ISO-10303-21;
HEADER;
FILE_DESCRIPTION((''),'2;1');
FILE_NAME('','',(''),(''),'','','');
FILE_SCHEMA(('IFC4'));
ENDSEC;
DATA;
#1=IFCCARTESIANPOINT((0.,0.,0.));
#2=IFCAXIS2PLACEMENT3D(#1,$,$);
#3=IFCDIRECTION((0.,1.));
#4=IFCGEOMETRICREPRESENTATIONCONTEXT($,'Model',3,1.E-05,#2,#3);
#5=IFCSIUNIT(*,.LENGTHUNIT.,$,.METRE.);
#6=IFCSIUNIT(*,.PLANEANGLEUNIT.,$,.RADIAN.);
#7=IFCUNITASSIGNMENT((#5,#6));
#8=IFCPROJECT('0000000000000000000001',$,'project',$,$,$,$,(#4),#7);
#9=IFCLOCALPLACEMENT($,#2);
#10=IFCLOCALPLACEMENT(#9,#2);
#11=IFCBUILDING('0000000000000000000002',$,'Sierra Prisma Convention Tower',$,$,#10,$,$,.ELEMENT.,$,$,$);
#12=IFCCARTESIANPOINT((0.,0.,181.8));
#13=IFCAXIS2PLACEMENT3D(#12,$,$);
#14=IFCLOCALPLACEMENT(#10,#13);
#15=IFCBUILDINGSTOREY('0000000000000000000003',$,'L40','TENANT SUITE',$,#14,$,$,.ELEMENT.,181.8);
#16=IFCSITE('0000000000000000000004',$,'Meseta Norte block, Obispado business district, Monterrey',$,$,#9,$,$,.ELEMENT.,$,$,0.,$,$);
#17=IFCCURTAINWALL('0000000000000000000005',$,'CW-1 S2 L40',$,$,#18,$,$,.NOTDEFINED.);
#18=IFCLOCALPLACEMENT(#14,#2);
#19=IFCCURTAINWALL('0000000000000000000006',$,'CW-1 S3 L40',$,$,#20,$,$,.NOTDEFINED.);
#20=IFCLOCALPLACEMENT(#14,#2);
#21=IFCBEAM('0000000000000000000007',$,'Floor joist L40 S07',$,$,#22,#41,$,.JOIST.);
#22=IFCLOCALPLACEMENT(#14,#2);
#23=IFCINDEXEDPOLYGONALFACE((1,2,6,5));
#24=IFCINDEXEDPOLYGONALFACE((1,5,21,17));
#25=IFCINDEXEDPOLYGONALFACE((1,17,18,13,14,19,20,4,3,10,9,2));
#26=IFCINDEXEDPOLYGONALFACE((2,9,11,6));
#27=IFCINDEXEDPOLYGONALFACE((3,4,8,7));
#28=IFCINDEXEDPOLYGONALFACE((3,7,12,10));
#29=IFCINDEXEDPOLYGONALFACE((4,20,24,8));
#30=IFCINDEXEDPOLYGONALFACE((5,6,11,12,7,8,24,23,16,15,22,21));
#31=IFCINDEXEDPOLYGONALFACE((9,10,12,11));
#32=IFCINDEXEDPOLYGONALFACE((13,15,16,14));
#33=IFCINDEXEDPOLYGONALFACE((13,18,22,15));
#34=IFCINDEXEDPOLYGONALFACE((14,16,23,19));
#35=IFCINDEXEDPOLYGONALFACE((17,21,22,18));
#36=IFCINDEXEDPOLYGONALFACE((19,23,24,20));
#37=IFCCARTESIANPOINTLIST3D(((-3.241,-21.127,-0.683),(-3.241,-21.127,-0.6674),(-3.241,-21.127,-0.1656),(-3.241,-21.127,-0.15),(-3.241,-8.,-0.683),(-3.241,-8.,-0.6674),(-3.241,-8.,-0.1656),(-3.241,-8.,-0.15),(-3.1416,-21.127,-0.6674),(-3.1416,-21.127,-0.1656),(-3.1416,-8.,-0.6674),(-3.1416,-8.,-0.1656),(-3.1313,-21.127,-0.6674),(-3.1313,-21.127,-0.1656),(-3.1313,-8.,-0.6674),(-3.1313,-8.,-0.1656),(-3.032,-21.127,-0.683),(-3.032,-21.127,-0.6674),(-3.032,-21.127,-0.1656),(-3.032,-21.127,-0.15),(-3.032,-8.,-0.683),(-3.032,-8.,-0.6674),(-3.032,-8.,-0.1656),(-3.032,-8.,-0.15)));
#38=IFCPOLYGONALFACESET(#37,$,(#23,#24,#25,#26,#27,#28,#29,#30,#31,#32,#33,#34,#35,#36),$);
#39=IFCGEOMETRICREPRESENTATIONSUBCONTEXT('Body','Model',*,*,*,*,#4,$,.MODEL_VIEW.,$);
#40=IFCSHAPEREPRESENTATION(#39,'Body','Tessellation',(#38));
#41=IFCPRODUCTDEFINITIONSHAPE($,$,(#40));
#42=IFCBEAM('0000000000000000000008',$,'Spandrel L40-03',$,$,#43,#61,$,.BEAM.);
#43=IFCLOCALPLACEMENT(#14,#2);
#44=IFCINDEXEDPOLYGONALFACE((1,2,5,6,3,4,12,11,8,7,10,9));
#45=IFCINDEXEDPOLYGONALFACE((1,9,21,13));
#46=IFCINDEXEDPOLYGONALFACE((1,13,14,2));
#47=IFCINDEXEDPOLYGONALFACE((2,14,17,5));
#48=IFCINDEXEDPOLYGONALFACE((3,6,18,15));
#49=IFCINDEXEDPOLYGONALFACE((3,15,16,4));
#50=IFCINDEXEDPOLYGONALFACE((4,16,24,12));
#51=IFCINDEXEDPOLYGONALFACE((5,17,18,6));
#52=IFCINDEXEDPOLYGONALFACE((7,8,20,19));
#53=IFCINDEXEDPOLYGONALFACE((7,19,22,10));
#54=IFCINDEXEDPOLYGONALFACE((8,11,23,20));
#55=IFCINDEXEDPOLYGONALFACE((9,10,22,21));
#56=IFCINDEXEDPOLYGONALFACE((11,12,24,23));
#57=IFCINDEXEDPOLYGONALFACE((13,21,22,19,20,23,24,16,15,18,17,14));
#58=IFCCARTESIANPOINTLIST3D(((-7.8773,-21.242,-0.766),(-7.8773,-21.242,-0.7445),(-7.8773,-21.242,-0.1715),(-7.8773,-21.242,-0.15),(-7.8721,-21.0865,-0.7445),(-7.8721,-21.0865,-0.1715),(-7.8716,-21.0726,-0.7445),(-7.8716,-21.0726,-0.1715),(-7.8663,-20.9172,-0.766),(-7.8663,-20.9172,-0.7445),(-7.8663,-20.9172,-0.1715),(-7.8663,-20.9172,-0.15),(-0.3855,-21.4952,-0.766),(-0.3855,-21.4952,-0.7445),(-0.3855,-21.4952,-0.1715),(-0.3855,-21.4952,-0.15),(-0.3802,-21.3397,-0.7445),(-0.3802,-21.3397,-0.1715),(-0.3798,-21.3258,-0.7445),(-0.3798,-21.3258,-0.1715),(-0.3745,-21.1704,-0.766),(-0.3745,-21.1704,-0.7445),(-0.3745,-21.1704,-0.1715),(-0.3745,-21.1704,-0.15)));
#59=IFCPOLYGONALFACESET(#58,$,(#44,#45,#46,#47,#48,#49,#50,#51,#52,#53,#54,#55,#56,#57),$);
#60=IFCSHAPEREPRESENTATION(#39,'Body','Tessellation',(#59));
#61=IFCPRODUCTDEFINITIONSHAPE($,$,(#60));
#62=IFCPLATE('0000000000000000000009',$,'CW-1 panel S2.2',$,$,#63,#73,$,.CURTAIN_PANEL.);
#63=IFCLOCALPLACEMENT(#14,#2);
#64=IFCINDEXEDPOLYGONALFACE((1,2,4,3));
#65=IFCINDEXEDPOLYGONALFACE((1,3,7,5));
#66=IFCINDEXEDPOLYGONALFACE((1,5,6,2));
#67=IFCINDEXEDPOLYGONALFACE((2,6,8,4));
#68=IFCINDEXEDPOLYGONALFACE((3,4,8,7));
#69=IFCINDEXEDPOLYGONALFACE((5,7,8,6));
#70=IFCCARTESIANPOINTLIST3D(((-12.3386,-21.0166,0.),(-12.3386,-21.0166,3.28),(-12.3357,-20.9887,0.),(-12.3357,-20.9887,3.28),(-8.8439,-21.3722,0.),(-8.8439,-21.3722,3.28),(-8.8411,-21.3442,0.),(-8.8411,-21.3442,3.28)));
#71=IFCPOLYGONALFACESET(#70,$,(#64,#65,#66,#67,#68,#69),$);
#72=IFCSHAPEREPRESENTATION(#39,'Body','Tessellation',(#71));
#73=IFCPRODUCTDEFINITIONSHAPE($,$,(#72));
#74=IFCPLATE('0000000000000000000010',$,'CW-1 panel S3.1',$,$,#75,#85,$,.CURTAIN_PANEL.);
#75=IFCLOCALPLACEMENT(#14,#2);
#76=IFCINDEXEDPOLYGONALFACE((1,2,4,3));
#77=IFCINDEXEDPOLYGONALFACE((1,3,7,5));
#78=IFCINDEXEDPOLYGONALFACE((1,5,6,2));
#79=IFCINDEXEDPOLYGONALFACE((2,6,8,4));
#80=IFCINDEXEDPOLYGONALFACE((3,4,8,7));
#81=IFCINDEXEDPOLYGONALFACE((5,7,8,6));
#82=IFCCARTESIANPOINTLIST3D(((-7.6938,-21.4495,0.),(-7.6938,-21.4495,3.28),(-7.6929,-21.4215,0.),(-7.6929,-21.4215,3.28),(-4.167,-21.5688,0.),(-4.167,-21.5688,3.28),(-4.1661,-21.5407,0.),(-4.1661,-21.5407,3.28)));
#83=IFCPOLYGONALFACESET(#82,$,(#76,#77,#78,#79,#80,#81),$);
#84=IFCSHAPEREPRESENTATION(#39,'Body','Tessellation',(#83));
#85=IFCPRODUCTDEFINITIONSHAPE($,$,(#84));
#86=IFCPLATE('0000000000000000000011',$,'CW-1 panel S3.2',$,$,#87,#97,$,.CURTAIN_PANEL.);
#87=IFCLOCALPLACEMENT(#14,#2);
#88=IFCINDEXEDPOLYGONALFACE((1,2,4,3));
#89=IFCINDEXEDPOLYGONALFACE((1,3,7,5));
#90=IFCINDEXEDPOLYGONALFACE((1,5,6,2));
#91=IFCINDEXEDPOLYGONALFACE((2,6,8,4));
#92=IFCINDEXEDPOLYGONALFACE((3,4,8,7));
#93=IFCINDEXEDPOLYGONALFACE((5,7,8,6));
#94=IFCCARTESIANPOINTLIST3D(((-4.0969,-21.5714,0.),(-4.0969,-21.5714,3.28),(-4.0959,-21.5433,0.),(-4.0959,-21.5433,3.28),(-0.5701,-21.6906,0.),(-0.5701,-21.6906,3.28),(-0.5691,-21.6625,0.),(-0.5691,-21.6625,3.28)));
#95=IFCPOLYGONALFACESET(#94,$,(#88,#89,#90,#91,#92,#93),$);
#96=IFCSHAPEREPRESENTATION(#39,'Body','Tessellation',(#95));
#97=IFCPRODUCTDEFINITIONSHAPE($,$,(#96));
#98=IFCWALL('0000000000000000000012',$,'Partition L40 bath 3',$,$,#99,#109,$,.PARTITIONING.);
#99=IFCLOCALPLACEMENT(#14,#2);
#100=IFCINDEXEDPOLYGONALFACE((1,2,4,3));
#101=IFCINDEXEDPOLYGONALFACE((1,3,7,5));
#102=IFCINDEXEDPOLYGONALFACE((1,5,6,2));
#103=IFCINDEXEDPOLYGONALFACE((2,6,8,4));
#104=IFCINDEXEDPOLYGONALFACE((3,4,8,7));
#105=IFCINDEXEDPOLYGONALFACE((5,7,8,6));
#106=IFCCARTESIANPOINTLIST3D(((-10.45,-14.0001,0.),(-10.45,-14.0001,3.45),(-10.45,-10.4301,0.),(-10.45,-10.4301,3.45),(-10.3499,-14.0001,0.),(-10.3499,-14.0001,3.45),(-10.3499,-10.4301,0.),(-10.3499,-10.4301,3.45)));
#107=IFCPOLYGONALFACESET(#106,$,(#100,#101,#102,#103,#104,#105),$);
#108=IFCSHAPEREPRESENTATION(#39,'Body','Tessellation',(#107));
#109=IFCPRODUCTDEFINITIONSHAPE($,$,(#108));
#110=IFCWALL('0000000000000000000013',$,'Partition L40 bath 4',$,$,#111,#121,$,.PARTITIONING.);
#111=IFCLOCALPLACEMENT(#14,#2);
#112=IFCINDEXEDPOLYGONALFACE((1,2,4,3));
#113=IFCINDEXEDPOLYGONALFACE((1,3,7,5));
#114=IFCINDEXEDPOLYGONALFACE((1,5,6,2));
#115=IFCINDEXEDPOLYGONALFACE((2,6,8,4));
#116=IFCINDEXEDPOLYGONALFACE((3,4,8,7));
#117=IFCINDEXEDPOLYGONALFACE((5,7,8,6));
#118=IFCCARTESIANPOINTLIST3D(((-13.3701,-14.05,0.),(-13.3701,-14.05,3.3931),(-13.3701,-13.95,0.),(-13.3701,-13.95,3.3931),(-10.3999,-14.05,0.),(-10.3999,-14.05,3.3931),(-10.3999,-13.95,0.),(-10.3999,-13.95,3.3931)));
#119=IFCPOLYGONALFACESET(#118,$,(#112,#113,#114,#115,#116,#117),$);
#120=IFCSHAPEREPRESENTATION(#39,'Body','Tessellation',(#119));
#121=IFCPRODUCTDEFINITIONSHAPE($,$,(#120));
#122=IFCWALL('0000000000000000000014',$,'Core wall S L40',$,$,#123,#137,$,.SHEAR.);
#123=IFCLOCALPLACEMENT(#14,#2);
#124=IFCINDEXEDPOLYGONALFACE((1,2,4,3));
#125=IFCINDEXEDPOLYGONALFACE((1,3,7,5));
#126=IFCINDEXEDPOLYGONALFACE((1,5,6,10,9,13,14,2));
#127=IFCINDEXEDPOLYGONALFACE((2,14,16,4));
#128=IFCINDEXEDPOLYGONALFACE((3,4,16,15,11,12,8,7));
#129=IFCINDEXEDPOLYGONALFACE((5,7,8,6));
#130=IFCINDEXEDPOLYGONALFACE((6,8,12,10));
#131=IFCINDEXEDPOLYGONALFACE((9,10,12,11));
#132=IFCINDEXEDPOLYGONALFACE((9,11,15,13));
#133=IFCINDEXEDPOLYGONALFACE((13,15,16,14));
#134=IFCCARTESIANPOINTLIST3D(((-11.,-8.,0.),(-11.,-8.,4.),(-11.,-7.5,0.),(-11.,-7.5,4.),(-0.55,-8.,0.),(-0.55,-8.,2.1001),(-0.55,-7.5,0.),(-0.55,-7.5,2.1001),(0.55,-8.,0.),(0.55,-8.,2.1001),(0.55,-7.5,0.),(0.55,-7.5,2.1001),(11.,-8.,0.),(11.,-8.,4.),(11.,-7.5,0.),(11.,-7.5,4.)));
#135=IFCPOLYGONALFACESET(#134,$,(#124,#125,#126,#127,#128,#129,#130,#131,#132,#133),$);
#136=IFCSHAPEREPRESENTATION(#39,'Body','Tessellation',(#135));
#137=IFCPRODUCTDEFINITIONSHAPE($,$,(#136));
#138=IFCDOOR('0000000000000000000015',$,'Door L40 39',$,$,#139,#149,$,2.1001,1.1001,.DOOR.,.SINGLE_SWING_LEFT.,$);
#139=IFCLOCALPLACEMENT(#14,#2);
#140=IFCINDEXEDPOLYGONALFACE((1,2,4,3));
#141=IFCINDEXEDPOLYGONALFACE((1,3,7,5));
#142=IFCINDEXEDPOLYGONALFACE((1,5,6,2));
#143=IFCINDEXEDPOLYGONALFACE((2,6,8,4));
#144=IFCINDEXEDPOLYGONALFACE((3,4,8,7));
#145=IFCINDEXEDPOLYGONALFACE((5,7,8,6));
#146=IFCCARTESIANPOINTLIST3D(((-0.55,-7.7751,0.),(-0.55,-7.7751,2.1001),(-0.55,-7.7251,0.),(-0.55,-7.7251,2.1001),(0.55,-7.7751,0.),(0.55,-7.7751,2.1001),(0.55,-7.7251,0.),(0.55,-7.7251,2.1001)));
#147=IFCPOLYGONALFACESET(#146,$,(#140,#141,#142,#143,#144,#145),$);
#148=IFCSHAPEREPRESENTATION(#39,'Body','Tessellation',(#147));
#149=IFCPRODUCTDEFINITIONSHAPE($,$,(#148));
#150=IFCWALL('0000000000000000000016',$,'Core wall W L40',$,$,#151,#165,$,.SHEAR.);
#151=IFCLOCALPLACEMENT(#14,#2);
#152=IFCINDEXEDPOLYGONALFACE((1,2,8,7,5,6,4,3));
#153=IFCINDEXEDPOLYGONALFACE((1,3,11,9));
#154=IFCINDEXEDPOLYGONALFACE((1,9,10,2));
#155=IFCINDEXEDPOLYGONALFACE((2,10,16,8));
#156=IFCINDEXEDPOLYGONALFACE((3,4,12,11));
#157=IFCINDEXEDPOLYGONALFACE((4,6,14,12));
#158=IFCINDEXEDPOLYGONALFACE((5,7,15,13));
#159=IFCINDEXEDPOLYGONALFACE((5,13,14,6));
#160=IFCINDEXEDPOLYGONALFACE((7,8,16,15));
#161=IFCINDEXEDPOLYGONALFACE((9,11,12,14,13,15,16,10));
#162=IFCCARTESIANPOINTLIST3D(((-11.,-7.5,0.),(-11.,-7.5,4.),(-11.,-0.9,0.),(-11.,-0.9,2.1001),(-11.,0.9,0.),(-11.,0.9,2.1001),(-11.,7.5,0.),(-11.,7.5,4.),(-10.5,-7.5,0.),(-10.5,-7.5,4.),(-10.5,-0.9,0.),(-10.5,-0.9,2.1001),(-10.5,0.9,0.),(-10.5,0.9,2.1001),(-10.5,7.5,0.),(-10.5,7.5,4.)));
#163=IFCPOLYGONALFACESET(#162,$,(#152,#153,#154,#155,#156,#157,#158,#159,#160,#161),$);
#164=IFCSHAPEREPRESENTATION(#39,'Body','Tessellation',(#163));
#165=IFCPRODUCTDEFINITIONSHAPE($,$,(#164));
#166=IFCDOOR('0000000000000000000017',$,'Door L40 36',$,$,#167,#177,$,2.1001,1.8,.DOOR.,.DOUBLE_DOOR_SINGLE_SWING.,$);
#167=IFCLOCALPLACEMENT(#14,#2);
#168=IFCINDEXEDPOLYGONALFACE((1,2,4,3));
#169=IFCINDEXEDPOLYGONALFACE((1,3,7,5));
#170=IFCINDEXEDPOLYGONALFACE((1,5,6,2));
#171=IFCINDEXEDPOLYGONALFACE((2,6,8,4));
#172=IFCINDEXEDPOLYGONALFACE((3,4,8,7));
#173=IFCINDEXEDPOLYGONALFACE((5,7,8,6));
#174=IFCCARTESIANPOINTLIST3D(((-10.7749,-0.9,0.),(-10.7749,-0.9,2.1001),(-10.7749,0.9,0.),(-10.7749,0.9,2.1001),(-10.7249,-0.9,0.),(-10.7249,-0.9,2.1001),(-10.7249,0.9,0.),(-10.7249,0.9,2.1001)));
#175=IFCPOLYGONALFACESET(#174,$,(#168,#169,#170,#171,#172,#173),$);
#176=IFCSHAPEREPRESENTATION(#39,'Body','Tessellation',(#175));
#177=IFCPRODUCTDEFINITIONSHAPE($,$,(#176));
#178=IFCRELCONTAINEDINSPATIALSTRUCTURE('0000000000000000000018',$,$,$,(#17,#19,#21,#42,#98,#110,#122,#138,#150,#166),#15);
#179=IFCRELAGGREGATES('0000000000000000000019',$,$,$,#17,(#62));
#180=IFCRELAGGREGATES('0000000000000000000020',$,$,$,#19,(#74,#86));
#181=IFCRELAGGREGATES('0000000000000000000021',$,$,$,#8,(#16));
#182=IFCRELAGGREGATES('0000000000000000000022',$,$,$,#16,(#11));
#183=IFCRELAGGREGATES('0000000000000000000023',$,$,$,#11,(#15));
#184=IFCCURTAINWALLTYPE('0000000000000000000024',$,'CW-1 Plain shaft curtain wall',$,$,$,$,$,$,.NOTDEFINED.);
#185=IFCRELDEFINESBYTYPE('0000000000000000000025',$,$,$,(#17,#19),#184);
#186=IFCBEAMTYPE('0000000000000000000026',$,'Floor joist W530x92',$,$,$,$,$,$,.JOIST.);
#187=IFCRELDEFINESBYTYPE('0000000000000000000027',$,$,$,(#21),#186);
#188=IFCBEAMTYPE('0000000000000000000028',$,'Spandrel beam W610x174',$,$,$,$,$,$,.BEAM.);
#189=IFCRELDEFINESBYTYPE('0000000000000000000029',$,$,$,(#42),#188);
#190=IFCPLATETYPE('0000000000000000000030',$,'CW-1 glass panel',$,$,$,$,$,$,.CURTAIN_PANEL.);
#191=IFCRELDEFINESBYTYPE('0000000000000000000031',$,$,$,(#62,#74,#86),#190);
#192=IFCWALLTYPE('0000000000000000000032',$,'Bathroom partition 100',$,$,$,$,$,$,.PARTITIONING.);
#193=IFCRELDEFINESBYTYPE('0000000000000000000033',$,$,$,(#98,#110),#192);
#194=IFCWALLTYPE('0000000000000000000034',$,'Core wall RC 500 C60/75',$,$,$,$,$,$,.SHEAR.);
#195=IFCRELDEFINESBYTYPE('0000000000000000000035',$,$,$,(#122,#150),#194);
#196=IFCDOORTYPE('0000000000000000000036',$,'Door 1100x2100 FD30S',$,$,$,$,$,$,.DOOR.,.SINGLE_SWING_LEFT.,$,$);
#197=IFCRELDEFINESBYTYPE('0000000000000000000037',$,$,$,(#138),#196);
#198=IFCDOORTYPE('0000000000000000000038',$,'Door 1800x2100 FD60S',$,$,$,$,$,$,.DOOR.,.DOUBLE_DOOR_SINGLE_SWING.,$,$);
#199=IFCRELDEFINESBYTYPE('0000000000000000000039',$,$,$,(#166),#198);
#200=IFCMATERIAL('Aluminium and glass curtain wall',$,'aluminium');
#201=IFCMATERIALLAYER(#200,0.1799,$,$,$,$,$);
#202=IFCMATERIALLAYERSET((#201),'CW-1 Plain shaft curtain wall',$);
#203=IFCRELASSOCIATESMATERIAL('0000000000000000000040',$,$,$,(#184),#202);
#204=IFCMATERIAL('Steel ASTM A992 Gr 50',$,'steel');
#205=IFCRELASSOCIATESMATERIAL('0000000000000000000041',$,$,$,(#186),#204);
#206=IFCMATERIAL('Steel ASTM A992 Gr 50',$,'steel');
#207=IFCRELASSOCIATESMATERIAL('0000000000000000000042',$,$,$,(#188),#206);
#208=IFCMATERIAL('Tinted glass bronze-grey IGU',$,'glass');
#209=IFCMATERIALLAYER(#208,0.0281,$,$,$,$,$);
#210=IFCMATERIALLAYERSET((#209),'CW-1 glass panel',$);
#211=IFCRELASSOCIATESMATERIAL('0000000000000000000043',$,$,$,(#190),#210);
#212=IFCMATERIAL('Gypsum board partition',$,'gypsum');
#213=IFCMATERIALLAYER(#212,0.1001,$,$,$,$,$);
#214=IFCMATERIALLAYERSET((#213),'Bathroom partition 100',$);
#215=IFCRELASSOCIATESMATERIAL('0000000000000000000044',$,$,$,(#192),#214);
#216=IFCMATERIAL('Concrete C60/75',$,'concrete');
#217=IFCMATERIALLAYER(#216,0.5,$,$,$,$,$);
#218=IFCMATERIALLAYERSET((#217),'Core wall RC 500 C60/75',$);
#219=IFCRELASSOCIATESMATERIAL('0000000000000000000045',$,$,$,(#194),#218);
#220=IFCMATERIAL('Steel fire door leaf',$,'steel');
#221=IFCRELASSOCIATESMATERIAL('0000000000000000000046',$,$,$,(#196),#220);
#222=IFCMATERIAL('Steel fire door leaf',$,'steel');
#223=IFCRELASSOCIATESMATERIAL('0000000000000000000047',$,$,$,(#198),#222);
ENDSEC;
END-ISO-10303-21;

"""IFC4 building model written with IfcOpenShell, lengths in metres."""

from ifc_helpers import new_model, si_unit, direction, frame, frame_2d, origin, origin_2d, place, context, subcontext, project, spatial, rectangle, i_section, extrude, material, layer, layer_set, material_profile, profile_set, type_object, element, fill, aggregate, save


model = new_model("IFC4")

# Units and contexts
model_context = context("Model", 3, precision=1e-05, world=origin(), true_north=direction((0.0, 1.0)))
body_context = subcontext(model_context, "Body", "Model", "MODEL_VIEW")
ifc_project = project(units=[si_unit("LENGTHUNIT", "METRE"), si_unit("PLANEANGLEUNIT", "RADIAN")], contexts=[model_context])

# Site, building, storey
site_placement = place(None, origin())
site = spatial("IfcSite", under=ifc_project, at=site_placement, Name="Meseta Norte block, Obispado business district, Monterrey", CompositionType="ELEMENT", RefElevation=0.0)
building_placement = place(site_placement, origin())
building = spatial("IfcBuilding", under=site, at=building_placement, Name="Sierra Prisma Convention Tower", CompositionType="ELEMENT")
storey_placement = place(building_placement, frame((0.0, 0.0, 181.8)))
storey = spatial("IfcBuildingStorey", under=building, at=storey_placement, Name="L40", Description="TENANT SUITE", CompositionType="ELEMENT", Elevation=181.8)

# Curtain wall
ifc_material_1 = material(Name="Aluminium and glass curtain wall", Category="aluminium")
ifc_layer_1 = layer(ifc_material_1, 0.1799)
ifc_layer_set_1 = layer_set([ifc_layer_1], Name="CW-1 Plain shaft curtain wall")
curtain_wall_type = type_object("IfcCurtainWallType", Name="CW-1 Plain shaft curtain wall", PredefinedType="NOTDEFINED", material=ifc_layer_set_1)
curtain_wall_1_placement = place(storey_placement, origin())
curtain_wall_1 = element("IfcCurtainWall", 1, at=curtain_wall_1_placement, inside=storey, type_object=curtain_wall_type, Name="CW-1 S2 L40", PredefinedType="NOTDEFINED")

# Curtain wall
curtain_wall_2_placement = place(storey_placement, origin())
curtain_wall_2 = element("IfcCurtainWall", 2, at=curtain_wall_2_placement, inside=storey, type_object=curtain_wall_type, Name="CW-1 S3 L40", PredefinedType="NOTDEFINED")

# Beams
ifc_material_2 = material(Name="Steel ASTM A992 Gr 50", Category="steel")
ifc_material_profile_1 = material_profile(ifc_material_2, i_section(OverallWidth=0.209, OverallDepth=0.533, WebThickness=0.0103, FlangeThickness=0.0156, at=origin_2d()), Name="W530x92")
ifc_profile_set_1 = profile_set([ifc_material_profile_1], Name="Steel ASTM A992 Gr 50")
beam_type_1 = type_object("IfcBeamType", Name="Floor joist W530x92", PredefinedType="JOIST", material=ifc_profile_set_1)
beam_1_placement = place(storey_placement, frame((-3.1365, -21.127, -0.4165), z_axis=(0.0, 1.0, 0.0), x_axis=(-1.0, 0.0, 0.0)))
element("IfcBeam", 3, at=beam_1_placement, inside=storey, type_object=beam_type_1, Name="Floor joist L40 S07", PredefinedType="JOIST", context=body_context, shape_type="SweptSolid", body=[
    extrude(i_section(OverallWidth=0.209, OverallDepth=0.533, WebThickness=0.0103, FlangeThickness=0.0156, at=origin_2d()), origin(), (0.0, 0.0, 1.0), 13.127),
])
ifc_material_3 = material(Name="Steel ASTM A992 Gr 50", Category="steel")
ifc_material_profile_2 = material_profile(ifc_material_3, i_section(OverallWidth=0.325, OverallDepth=0.616, WebThickness=0.0139, FlangeThickness=0.0215, at=origin_2d()), Name="W610x174")
ifc_profile_set_2 = profile_set([ifc_material_profile_2], Name="Steel ASTM A992 Gr 50")
beam_type_2 = type_object("IfcBeamType", Name="Spandrel beam W610x174", PredefinedType="BEAM", material=ifc_profile_set_2)
beam_2_placement = place(storey_placement, frame((-7.8718, -21.0796, -0.458), z_axis=(0.999429, -0.033775, 0.0), x_axis=(0.033775, 0.999429, 0.0)))
element("IfcBeam", 4, at=beam_2_placement, inside=storey, type_object=beam_type_2, Name="Spandrel L40-03", PredefinedType="BEAM", context=body_context, shape_type="SweptSolid", body=[
    extrude(i_section(OverallWidth=0.325, OverallDepth=0.616, WebThickness=0.0139, FlangeThickness=0.0215, at=origin_2d()), origin(), (0.0, 0.0, 1.0), 7.4961),
])

# Plates
ifc_material_4 = material(Name="Tinted glass bronze-grey IGU", Category="glass")
ifc_layer_2 = layer(ifc_material_4, 0.0281)
ifc_layer_set_2 = layer_set([ifc_layer_2], Name="CW-1 glass panel")
plate_type = type_object("IfcPlateType", Name="CW-1 glass panel", PredefinedType="CURTAIN_PANEL", material=ifc_layer_set_2)
plate_1_placement = place(storey_placement, frame((-10.5898, -21.1804, 0.0), z_axis=(0.0, 0.0, 1.0), x_axis=(0.994864, -0.10122, 0.0)))
plate_1 = element("IfcPlate", 5, at=plate_1_placement, type_object=plate_type, Name="CW-1 panel S2.2", PredefinedType="CURTAIN_PANEL", context=body_context, shape_type="SweptSolid", body=[
    extrude(rectangle(XDim=3.5127, YDim=0.0281, at=origin_2d()), origin(), (0.0, 0.0, 1.0), 3.28),
])
aggregate(curtain_wall_1, [plate_1])
plate_2_placement = place(storey_placement, frame((-5.9299, -21.4951, 0.0), z_axis=(0.0, 0.0, 1.0), x_axis=(0.999429, -0.033792, 0.0)))
plate_2 = element("IfcPlate", 6, at=plate_2_placement, type_object=plate_type, Name="CW-1 panel S3.1", PredefinedType="CURTAIN_PANEL", context=body_context, shape_type="SweptSolid", body=[
    extrude(rectangle(XDim=3.5288, YDim=0.0281, at=origin_2d()), origin(), (0.0, 0.0, 1.0), 3.28),
])
plate_3_placement = place(storey_placement, frame((-2.333, -21.6169, 0.0), z_axis=(0.0, 0.0, 1.0), x_axis=(0.999429, -0.033792, 0.0)))
plate_3 = element("IfcPlate", 7, at=plate_3_placement, type_object=plate_type, Name="CW-1 panel S3.2", PredefinedType="CURTAIN_PANEL", context=body_context, shape_type="SweptSolid", body=[
    extrude(rectangle(XDim=3.5288, YDim=0.0281, at=origin_2d()), origin(), (0.0, 0.0, 1.0), 3.28),
])
aggregate(curtain_wall_2, [plate_2, plate_3])

# Walls
ifc_material_5 = material(Name="Gypsum board partition", Category="gypsum")
ifc_layer_3 = layer(ifc_material_5, 0.1001)
ifc_layer_set_3 = layer_set([ifc_layer_3], Name="Bathroom partition 100")
wall_type_1 = type_object("IfcWallType", Name="Bathroom partition 100", PredefinedType="PARTITIONING", material=ifc_layer_set_3)
wall_1_placement = place(storey_placement, frame((-10.3999, -10.4299, 0.0), z_axis=(0.0, 0.0, 1.0), x_axis=(0.0, -1.0, 0.0)))
element("IfcWall", 8, at=wall_1_placement, inside=storey, type_object=wall_type_1, Name="Partition L40 bath 3", PredefinedType="PARTITIONING", context=body_context, shape_type="SweptSolid", body=[
    extrude(rectangle(XDim=3.5701, YDim=0.1001, at=frame_2d((1.7852, 0.0))), origin(), (0.0, 0.0, 1.0), 3.45),
])
wall_2_placement = place(storey_placement, frame((-10.3999, -14.0, 0.0), z_axis=(0.0, 0.0, 1.0), x_axis=(-1.0, 0.0, 0.0)))
element("IfcWall", 9, at=wall_2_placement, inside=storey, type_object=wall_type_1, Name="Partition L40 bath 4", PredefinedType="PARTITIONING", context=body_context, shape_type="SweptSolid", body=[
    extrude(rectangle(XDim=2.9702, YDim=0.1001, at=frame_2d((1.4851, 0.0))), origin(), (0.0, 0.0, 1.0), 3.3931),
])

# Walls, openings, doors
ifc_material_6 = material(Name="Concrete C60/75", Category="concrete")
ifc_layer_4 = layer(ifc_material_6, 0.5)
ifc_layer_set_4 = layer_set([ifc_layer_4], Name="Core wall RC 500 C60/75")
wall_type_2 = type_object("IfcWallType", Name="Core wall RC 500 C60/75", PredefinedType="SHEAR", material=ifc_layer_set_4)
wall_3_placement = place(storey_placement, frame((-11.0, -7.75, 0.0), z_axis=(0.0, 0.0, 1.0), x_axis=(1.0, 0.0, 0.0)))
wall_3 = element("IfcWall", 10, at=wall_3_placement, inside=storey, type_object=wall_type_2, Name="Core wall S L40", PredefinedType="SHEAR", context=body_context, shape_type="SweptSolid", body=[
    extrude(rectangle(XDim=22.0, YDim=0.5, at=frame_2d((11.0, 0.0))), origin(), (0.0, 0.0, 1.0), 4.0),
])
opening_1_placement = place(wall_3_placement, frame((10.45, 0.0, 0.0)))
opening_1 = element("IfcOpeningElement", 11, at=opening_1_placement, cuts=wall_3, PredefinedType="OPENING", context=body_context, shape_type="SweptSolid", body=[
    extrude(rectangle(XDim=1.1001, YDim=2.1001, at=frame_2d((0.55, 1.05))), frame((0.0, 0.25, 0.0), z_axis=(0.0, -1.0, 0.0), x_axis=(1.0, 0.0, 0.0)), (0.0, 0.0, 1.0), 0.5),
])
ifc_material_7 = material(Name="Steel fire door leaf", Category="steel")
door_type_1 = type_object("IfcDoorType", Name="Door 1100x2100 FD30S", OperationType="SINGLE_SWING_LEFT", PredefinedType="DOOR", material=ifc_material_7)
door_1_placement = place(opening_1_placement, origin())
door_1 = element("IfcDoor", 12, at=door_1_placement, inside=storey, type_object=door_type_1, Name="Door L40 39", OperationType="SINGLE_SWING_LEFT", OverallHeight=2.1001, OverallWidth=1.1001, PredefinedType="DOOR", context=body_context, shape_type="SweptSolid", body=[
    extrude(rectangle(XDim=1.1001, YDim=2.1001, at=frame_2d((0.55, 1.05))), frame((0.0, 0.0249, 0.0), z_axis=(0.0, -1.0, 0.0), x_axis=(1.0, 0.0, 0.0)), (0.0, 0.0, 1.0), 0.05),
])
fill(opening_1, door_1)
wall_4_placement = place(storey_placement, frame((-10.75, -7.5, 0.0), z_axis=(0.0, 0.0, 1.0), x_axis=(0.0, 1.0, 0.0)))
wall_4 = element("IfcWall", 13, at=wall_4_placement, inside=storey, type_object=wall_type_2, Name="Core wall W L40", PredefinedType="SHEAR", context=body_context, shape_type="SweptSolid", body=[
    extrude(rectangle(XDim=15.0, YDim=0.5, at=frame_2d((7.5, 0.0))), origin(), (0.0, 0.0, 1.0), 4.0),
])
opening_2_placement = place(wall_4_placement, frame((6.6001, 0.0, 0.0)))
opening_2 = element("IfcOpeningElement", 14, at=opening_2_placement, cuts=wall_4, PredefinedType="OPENING", context=body_context, shape_type="SweptSolid", body=[
    extrude(rectangle(XDim=1.8, YDim=2.1001, at=frame_2d((0.8999, 1.05))), frame((0.0, 0.25, 0.0), z_axis=(0.0, -1.0, 0.0), x_axis=(1.0, 0.0, 0.0)), (0.0, 0.0, 1.0), 0.5),
])
ifc_material_8 = material(Name="Steel fire door leaf", Category="steel")
door_type_2 = type_object("IfcDoorType", Name="Door 1800x2100 FD60S", OperationType="DOUBLE_DOOR_SINGLE_SWING", PredefinedType="DOOR", material=ifc_material_8)
door_2_placement = place(opening_2_placement, origin())
door_2 = element("IfcDoor", 15, at=door_2_placement, inside=storey, type_object=door_type_2, Name="Door L40 36", OperationType="DOUBLE_DOOR_SINGLE_SWING", OverallHeight=2.1001, OverallWidth=1.8, PredefinedType="DOOR", context=body_context, shape_type="SweptSolid", body=[
    extrude(rectangle(XDim=1.8, YDim=2.1001, at=frame_2d((0.8999, 1.05))), frame((0.0, 0.0249, 0.0), z_axis=(0.0, -1.0, 0.0), x_axis=(1.0, 0.0, 0.0)), (0.0, 0.0, 1.0), 0.05),
])
fill(opening_2, door_2)

save(model, "model.ifc")
